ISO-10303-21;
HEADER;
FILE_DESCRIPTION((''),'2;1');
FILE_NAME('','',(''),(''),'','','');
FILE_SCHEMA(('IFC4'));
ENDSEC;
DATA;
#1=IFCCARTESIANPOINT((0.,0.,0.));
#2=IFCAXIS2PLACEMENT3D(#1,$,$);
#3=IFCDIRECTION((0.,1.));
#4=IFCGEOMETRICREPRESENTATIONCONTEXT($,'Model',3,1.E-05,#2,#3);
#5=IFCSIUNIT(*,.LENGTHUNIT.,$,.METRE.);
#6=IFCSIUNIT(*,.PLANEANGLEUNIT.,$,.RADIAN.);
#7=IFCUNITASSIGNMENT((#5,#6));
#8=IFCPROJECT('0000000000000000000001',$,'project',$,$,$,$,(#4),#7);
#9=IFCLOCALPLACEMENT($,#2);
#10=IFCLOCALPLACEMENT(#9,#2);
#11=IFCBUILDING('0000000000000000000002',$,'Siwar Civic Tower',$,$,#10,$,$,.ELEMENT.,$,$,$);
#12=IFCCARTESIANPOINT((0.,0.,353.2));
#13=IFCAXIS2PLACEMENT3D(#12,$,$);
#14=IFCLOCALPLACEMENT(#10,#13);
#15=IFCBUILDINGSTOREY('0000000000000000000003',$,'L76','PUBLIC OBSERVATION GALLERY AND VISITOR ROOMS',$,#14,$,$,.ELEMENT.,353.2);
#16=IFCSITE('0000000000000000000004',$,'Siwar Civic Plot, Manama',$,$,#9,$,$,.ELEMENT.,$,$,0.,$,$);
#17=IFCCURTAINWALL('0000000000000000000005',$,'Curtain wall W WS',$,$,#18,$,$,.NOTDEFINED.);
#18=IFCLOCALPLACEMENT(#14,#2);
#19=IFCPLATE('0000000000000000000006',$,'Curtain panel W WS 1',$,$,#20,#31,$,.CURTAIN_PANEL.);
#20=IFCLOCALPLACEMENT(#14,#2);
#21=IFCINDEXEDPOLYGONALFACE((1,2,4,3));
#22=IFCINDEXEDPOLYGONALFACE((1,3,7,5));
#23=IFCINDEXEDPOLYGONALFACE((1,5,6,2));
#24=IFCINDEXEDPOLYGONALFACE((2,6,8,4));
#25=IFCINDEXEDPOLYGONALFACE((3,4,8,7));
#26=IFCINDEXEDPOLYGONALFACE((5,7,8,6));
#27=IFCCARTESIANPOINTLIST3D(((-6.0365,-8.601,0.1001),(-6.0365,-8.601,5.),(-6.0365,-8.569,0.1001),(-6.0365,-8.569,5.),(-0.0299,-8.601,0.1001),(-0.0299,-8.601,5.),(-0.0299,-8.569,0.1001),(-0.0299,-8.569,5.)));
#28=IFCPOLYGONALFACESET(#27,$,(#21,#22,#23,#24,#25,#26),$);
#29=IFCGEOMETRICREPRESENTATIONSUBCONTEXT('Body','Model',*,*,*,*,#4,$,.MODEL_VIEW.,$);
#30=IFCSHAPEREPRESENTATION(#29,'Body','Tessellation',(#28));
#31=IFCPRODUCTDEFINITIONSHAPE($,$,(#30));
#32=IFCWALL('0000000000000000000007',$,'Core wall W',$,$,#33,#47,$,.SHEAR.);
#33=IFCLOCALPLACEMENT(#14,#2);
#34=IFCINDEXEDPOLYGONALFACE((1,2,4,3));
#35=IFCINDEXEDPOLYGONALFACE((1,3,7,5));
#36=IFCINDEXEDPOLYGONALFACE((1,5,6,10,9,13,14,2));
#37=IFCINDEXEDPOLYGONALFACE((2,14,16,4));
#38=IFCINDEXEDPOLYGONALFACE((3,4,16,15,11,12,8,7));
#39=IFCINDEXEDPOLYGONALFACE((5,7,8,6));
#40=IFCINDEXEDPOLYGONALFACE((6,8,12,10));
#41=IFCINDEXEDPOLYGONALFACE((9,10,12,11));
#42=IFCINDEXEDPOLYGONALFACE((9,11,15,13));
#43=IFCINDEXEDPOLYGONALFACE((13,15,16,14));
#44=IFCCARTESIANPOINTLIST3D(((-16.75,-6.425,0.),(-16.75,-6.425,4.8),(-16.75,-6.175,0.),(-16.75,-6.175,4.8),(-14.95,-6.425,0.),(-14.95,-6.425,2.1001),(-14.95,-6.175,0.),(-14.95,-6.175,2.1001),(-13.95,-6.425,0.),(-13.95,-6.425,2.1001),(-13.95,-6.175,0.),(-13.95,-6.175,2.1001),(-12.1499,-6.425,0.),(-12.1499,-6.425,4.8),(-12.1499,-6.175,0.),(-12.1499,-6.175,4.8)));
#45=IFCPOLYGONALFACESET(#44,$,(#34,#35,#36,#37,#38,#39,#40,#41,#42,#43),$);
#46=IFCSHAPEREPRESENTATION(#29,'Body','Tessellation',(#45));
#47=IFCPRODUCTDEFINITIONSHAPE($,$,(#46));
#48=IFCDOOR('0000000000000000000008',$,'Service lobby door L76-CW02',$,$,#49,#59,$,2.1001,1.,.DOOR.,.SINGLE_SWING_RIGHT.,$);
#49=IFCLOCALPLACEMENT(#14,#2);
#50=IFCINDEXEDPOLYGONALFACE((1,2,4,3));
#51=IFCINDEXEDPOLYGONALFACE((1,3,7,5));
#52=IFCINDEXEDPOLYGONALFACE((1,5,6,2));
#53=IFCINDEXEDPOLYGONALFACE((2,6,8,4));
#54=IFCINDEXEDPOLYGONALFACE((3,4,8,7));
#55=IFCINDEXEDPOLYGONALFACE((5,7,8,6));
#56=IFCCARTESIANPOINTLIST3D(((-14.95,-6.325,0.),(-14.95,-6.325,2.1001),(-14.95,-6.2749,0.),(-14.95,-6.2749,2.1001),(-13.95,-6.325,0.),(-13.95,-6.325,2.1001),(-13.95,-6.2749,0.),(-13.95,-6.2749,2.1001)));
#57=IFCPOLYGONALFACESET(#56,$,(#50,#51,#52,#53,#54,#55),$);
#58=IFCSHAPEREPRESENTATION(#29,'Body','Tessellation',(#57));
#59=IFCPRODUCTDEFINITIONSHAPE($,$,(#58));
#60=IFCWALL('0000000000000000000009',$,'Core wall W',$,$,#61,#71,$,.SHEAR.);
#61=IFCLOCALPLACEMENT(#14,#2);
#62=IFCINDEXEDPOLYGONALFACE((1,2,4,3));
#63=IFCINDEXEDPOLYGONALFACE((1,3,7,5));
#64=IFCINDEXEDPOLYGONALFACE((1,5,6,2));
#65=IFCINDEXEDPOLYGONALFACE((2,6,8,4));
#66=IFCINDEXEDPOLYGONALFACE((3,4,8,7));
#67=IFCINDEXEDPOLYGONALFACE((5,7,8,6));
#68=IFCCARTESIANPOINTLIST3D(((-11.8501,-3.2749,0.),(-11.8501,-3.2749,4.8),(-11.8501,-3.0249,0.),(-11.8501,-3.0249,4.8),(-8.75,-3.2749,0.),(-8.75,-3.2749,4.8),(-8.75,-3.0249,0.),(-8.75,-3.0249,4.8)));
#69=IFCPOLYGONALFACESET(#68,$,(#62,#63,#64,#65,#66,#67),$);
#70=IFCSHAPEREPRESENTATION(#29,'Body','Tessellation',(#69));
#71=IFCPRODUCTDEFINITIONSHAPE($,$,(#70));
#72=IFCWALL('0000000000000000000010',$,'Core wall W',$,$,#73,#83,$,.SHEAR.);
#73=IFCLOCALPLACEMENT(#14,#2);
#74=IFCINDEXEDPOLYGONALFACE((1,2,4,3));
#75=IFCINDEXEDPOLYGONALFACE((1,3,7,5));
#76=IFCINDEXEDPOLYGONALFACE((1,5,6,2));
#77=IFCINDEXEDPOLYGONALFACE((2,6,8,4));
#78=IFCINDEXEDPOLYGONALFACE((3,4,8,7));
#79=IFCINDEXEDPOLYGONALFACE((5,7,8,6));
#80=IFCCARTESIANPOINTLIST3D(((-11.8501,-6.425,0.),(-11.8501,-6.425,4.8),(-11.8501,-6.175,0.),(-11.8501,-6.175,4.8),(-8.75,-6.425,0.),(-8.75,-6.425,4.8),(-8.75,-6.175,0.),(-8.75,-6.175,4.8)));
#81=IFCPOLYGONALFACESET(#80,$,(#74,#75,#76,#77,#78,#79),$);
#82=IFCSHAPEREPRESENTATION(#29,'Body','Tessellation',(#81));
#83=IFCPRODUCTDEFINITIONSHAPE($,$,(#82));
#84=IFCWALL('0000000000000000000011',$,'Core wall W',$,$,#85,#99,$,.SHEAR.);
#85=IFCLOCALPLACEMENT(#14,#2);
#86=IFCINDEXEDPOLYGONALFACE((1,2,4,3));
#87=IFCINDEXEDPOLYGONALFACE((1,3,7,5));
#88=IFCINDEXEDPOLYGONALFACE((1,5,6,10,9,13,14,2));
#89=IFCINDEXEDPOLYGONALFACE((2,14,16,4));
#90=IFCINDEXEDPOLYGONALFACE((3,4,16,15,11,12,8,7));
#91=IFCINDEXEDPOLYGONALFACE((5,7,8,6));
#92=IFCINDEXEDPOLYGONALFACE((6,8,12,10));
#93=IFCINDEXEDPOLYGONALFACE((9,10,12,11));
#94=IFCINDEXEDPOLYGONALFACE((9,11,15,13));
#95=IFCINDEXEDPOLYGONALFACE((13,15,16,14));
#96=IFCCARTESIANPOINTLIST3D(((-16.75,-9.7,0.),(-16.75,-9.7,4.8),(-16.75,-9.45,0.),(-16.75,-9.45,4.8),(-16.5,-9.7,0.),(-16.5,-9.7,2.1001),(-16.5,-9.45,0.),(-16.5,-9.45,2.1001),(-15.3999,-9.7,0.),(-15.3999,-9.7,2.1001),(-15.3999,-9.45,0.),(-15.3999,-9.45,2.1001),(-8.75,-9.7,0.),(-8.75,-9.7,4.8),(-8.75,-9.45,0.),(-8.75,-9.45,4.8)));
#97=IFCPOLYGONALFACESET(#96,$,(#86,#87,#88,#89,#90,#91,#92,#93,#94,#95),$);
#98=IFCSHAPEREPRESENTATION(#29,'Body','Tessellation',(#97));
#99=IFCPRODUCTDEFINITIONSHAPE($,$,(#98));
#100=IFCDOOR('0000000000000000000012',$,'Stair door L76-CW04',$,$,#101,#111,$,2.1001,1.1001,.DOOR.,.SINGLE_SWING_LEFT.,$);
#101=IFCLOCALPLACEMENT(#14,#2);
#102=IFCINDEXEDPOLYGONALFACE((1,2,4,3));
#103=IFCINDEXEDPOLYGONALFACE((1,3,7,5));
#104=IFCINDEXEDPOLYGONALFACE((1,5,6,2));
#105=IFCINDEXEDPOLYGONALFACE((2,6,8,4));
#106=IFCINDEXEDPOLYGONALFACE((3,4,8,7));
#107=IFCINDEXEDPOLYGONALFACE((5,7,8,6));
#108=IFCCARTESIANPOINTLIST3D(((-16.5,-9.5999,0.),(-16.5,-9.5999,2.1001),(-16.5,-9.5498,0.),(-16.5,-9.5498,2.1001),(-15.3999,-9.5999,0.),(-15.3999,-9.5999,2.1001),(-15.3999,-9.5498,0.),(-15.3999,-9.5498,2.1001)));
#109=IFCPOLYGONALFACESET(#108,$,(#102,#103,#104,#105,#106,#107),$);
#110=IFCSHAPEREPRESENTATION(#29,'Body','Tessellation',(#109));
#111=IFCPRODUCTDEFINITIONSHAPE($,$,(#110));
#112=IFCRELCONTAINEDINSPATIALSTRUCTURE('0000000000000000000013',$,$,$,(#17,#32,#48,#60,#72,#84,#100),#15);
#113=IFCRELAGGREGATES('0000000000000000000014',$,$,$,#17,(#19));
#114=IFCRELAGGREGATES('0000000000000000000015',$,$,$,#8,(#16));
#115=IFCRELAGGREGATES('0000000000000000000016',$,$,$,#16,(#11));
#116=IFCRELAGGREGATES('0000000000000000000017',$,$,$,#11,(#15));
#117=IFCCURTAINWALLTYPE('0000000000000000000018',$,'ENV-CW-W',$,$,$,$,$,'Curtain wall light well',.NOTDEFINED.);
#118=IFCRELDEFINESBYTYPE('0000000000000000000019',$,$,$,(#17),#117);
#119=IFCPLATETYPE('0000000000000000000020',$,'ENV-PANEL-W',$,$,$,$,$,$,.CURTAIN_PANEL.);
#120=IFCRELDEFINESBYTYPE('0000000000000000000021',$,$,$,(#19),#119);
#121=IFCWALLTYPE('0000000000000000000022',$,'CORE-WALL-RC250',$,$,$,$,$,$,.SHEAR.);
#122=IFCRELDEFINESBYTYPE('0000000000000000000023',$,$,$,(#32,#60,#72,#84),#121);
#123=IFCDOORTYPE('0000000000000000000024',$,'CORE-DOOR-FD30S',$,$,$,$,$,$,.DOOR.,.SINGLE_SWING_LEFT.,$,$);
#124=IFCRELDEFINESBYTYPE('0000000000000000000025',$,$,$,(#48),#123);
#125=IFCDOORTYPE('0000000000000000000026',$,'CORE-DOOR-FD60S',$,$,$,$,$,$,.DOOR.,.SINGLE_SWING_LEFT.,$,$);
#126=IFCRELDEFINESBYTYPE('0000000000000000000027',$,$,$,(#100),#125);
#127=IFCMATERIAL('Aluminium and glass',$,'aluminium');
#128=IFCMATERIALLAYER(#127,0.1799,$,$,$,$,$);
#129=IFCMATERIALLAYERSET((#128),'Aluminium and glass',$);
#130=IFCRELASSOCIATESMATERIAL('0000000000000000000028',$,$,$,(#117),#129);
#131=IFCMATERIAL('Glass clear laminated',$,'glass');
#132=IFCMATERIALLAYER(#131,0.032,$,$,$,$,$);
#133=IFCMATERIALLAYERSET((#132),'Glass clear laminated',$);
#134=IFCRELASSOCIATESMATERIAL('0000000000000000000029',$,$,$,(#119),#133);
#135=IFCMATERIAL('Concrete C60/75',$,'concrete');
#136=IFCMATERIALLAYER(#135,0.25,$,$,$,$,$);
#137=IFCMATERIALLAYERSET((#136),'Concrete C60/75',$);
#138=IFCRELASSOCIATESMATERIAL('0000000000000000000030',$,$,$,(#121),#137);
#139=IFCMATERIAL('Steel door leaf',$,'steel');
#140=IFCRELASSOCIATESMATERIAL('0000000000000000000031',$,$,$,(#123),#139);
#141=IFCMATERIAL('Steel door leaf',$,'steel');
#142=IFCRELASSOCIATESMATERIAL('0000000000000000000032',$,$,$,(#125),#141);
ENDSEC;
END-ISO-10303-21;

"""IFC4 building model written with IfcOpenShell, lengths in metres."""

from ifc_helpers import new_model, si_unit, direction, frame, frame_2d, origin, origin_2d, place, context, subcontext, project, spatial, rectangle, extrude, material, layer, layer_set, type_object, element, fill, aggregate, save


model = new_model("IFC4")

# Units and contexts
model_context = context("Model", 3, precision=1e-05, world=origin(), true_north=direction((0.0, 1.0)))
body_context = subcontext(model_context, "Body", "Model", "MODEL_VIEW")
ifc_project = project(units=[si_unit("LENGTHUNIT", "METRE"), si_unit("PLANEANGLEUNIT", "RADIAN")], contexts=[model_context])

# Site, building, storey
site_placement = place(None, origin())
site = spatial("IfcSite", under=ifc_project, at=site_placement, Name="Siwar Civic Plot, Manama", CompositionType="ELEMENT", RefElevation=0.0)
building_placement = place(site_placement, origin())
building = spatial("IfcBuilding", under=site, at=building_placement, Name="Siwar Civic Tower", CompositionType="ELEMENT")
storey_placement = place(building_placement, frame((0.0, 0.0, 353.2)))
storey = spatial("IfcBuildingStorey", under=building, at=storey_placement, Name="L76", Description="PUBLIC OBSERVATION GALLERY AND VISITOR ROOMS", CompositionType="ELEMENT", Elevation=353.2)

# Curtain wall
ifc_material_1 = material(Name="Aluminium and glass", Category="aluminium")
ifc_layer_1 = layer(ifc_material_1, 0.1799)
ifc_layer_set_1 = layer_set([ifc_layer_1], Name="Aluminium and glass")
curtain_wall_type = type_object("IfcCurtainWallType", Name="ENV-CW-W", ElementType="Curtain wall light well", PredefinedType="NOTDEFINED", material=ifc_layer_set_1)
curtain_wall_placement = place(storey_placement, origin())
curtain_wall = element("IfcCurtainWall", 1, at=curtain_wall_placement, inside=storey, type_object=curtain_wall_type, Name="Curtain wall W WS", PredefinedType="NOTDEFINED")

# Plate
ifc_material_2 = material(Name="Glass clear laminated", Category="glass")
ifc_layer_2 = layer(ifc_material_2, 0.032)
ifc_layer_set_2 = layer_set([ifc_layer_2], Name="Glass clear laminated")
plate_type = type_object("IfcPlateType", Name="ENV-PANEL-W", PredefinedType="CURTAIN_PANEL", material=ifc_layer_set_2)
plate_placement = place(storey_placement, frame((-3.0332, -8.585, 0.1001), z_axis=(0.0, 0.0, 1.0), x_axis=(1.0, 0.0, 0.0)))
plate = element("IfcPlate", 2, at=plate_placement, type_object=plate_type, Name="Curtain panel W WS 1", PredefinedType="CURTAIN_PANEL", context=body_context, shape_type="SweptSolid", body=[
    extrude(rectangle(XDim=6.0066, YDim=0.032, at=origin_2d()), origin(), (0.0, 0.0, 1.0), 4.8999),
])
aggregate(curtain_wall, [plate])

# Wall, opening, door
ifc_material_3 = material(Name="Concrete C60/75", Category="concrete")
ifc_layer_3 = layer(ifc_material_3, 0.25)
ifc_layer_set_3 = layer_set([ifc_layer_3], Name="Concrete C60/75")
wall_type_1 = type_object("IfcWallType", Name="CORE-WALL-RC250", PredefinedType="SHEAR", material=ifc_layer_set_3)
wall_1_placement = place(storey_placement, frame((-12.1499, -6.3, 0.0), z_axis=(0.0, 0.0, 1.0), x_axis=(-1.0, 0.0, 0.0)))
wall_1 = element("IfcWall", 3, at=wall_1_placement, inside=storey, type_object=wall_type_1, Name="Core wall W", PredefinedType="SHEAR", context=body_context, shape_type="SweptSolid", body=[
    extrude(rectangle(XDim=4.6001, YDim=0.25, at=frame_2d((2.3, 0.0))), origin(), (0.0, 0.0, 1.0), 4.8),
])
opening_1_placement = place(wall_1_placement, frame((1.8, 0.0, 0.0)))
opening_1 = element("IfcOpeningElement", 4, at=opening_1_placement, cuts=wall_1, PredefinedType="OPENING", context=body_context, shape_type="SweptSolid", body=[
    extrude(rectangle(XDim=1.0, YDim=2.1001, at=frame_2d((0.5, 1.05))), frame((0.0, 0.135, 0.0), z_axis=(0.0, -1.0, 0.0), x_axis=(1.0, 0.0, 0.0)), (0.0, 0.0, 1.0), 0.27),
])
ifc_material_4 = material(Name="Steel door leaf", Category="steel")
door_type_1 = type_object("IfcDoorType", Name="CORE-DOOR-FD30S", OperationType="SINGLE_SWING_LEFT", PredefinedType="DOOR", material=ifc_material_4)
door_1_placement = place(opening_1_placement, origin())
door_1 = element("IfcDoor", 5, at=door_1_placement, inside=storey, type_object=door_type_1, Name="Service lobby door L76-CW02", OperationType="SINGLE_SWING_RIGHT", OverallHeight=2.1001, OverallWidth=1.0, PredefinedType="DOOR", context=body_context, shape_type="SweptSolid", body=[
    extrude(rectangle(XDim=1.0, YDim=2.1001, at=frame_2d((0.5, 1.05))), frame((0.0, 0.0249, 0.0), z_axis=(0.0, -1.0, 0.0), x_axis=(1.0, 0.0, 0.0)), (0.0, 0.0, 1.0), 0.05),
])
fill(opening_1, door_1)

# Walls
for number, where, z_axis, x_axis, name in (
    (6, (-8.75, -3.1499, 0.0), (0.0, 0.0, 1.0), (-1.0, 0.0, 0.0), "Core wall W"),
    (7, (-8.75, -6.3, 0.0), (0.0, 0.0, 1.0), (-1.0, 0.0, 0.0), "Core wall W"),
):
    element("IfcWall", number, at=place(storey_placement, frame(where, z_axis=z_axis, x_axis=x_axis)), inside=storey, type_object=wall_type_1, Name=name, PredefinedType="SHEAR", context=body_context, shape_type="SweptSolid", body=[
        extrude(rectangle(XDim=3.1001, YDim=0.25, at=frame_2d((1.55, 0.0))), origin(), (0.0, 0.0, 1.0), 4.8),
    ])

# Wall, opening, door
wall_2_placement = place(storey_placement, frame((-8.75, -9.575, 0.0), z_axis=(0.0, 0.0, 1.0), x_axis=(-1.0, 0.0, 0.0)))
wall_2 = element("IfcWall", 8, at=wall_2_placement, inside=storey, type_object=wall_type_1, Name="Core wall W", PredefinedType="SHEAR", context=body_context, shape_type="SweptSolid", body=[
    extrude(rectangle(XDim=8.0, YDim=0.25, at=frame_2d((4.0, 0.0))), origin(), (0.0, 0.0, 1.0), 4.8),
])
opening_2_placement = place(wall_2_placement, frame((6.6499, 0.0, 0.0)))
opening_2 = element("IfcOpeningElement", 9, at=opening_2_placement, cuts=wall_2, PredefinedType="OPENING", context=body_context, shape_type="SweptSolid", body=[
    extrude(rectangle(XDim=1.1001, YDim=2.1001, at=frame_2d((0.55, 1.05))), frame((0.0, 0.135, 0.0), z_axis=(0.0, -1.0, 0.0), x_axis=(1.0, 0.0, 0.0)), (0.0, 0.0, 1.0), 0.27),
])
ifc_material_5 = material(Name="Steel door leaf", Category="steel")
door_type_2 = type_object("IfcDoorType", Name="CORE-DOOR-FD60S", OperationType="SINGLE_SWING_LEFT", PredefinedType="DOOR", material=ifc_material_5)
door_2_placement = place(opening_2_placement, origin())
door_2 = element("IfcDoor", 10, at=door_2_placement, inside=storey, type_object=door_type_2, Name="Stair door L76-CW04", OperationType="SINGLE_SWING_LEFT", OverallHeight=2.1001, OverallWidth=1.1001, PredefinedType="DOOR", context=body_context, shape_type="SweptSolid", body=[
    extrude(rectangle(XDim=1.1001, YDim=2.1001, at=frame_2d((0.55, 1.05))), frame((0.0, 0.0249, 0.0), z_axis=(0.0, -1.0, 0.0), x_axis=(1.0, 0.0, 0.0)), (0.0, 0.0, 1.0), 0.05),
])
fill(opening_2, door_2)

save(model, "model.ifc")
